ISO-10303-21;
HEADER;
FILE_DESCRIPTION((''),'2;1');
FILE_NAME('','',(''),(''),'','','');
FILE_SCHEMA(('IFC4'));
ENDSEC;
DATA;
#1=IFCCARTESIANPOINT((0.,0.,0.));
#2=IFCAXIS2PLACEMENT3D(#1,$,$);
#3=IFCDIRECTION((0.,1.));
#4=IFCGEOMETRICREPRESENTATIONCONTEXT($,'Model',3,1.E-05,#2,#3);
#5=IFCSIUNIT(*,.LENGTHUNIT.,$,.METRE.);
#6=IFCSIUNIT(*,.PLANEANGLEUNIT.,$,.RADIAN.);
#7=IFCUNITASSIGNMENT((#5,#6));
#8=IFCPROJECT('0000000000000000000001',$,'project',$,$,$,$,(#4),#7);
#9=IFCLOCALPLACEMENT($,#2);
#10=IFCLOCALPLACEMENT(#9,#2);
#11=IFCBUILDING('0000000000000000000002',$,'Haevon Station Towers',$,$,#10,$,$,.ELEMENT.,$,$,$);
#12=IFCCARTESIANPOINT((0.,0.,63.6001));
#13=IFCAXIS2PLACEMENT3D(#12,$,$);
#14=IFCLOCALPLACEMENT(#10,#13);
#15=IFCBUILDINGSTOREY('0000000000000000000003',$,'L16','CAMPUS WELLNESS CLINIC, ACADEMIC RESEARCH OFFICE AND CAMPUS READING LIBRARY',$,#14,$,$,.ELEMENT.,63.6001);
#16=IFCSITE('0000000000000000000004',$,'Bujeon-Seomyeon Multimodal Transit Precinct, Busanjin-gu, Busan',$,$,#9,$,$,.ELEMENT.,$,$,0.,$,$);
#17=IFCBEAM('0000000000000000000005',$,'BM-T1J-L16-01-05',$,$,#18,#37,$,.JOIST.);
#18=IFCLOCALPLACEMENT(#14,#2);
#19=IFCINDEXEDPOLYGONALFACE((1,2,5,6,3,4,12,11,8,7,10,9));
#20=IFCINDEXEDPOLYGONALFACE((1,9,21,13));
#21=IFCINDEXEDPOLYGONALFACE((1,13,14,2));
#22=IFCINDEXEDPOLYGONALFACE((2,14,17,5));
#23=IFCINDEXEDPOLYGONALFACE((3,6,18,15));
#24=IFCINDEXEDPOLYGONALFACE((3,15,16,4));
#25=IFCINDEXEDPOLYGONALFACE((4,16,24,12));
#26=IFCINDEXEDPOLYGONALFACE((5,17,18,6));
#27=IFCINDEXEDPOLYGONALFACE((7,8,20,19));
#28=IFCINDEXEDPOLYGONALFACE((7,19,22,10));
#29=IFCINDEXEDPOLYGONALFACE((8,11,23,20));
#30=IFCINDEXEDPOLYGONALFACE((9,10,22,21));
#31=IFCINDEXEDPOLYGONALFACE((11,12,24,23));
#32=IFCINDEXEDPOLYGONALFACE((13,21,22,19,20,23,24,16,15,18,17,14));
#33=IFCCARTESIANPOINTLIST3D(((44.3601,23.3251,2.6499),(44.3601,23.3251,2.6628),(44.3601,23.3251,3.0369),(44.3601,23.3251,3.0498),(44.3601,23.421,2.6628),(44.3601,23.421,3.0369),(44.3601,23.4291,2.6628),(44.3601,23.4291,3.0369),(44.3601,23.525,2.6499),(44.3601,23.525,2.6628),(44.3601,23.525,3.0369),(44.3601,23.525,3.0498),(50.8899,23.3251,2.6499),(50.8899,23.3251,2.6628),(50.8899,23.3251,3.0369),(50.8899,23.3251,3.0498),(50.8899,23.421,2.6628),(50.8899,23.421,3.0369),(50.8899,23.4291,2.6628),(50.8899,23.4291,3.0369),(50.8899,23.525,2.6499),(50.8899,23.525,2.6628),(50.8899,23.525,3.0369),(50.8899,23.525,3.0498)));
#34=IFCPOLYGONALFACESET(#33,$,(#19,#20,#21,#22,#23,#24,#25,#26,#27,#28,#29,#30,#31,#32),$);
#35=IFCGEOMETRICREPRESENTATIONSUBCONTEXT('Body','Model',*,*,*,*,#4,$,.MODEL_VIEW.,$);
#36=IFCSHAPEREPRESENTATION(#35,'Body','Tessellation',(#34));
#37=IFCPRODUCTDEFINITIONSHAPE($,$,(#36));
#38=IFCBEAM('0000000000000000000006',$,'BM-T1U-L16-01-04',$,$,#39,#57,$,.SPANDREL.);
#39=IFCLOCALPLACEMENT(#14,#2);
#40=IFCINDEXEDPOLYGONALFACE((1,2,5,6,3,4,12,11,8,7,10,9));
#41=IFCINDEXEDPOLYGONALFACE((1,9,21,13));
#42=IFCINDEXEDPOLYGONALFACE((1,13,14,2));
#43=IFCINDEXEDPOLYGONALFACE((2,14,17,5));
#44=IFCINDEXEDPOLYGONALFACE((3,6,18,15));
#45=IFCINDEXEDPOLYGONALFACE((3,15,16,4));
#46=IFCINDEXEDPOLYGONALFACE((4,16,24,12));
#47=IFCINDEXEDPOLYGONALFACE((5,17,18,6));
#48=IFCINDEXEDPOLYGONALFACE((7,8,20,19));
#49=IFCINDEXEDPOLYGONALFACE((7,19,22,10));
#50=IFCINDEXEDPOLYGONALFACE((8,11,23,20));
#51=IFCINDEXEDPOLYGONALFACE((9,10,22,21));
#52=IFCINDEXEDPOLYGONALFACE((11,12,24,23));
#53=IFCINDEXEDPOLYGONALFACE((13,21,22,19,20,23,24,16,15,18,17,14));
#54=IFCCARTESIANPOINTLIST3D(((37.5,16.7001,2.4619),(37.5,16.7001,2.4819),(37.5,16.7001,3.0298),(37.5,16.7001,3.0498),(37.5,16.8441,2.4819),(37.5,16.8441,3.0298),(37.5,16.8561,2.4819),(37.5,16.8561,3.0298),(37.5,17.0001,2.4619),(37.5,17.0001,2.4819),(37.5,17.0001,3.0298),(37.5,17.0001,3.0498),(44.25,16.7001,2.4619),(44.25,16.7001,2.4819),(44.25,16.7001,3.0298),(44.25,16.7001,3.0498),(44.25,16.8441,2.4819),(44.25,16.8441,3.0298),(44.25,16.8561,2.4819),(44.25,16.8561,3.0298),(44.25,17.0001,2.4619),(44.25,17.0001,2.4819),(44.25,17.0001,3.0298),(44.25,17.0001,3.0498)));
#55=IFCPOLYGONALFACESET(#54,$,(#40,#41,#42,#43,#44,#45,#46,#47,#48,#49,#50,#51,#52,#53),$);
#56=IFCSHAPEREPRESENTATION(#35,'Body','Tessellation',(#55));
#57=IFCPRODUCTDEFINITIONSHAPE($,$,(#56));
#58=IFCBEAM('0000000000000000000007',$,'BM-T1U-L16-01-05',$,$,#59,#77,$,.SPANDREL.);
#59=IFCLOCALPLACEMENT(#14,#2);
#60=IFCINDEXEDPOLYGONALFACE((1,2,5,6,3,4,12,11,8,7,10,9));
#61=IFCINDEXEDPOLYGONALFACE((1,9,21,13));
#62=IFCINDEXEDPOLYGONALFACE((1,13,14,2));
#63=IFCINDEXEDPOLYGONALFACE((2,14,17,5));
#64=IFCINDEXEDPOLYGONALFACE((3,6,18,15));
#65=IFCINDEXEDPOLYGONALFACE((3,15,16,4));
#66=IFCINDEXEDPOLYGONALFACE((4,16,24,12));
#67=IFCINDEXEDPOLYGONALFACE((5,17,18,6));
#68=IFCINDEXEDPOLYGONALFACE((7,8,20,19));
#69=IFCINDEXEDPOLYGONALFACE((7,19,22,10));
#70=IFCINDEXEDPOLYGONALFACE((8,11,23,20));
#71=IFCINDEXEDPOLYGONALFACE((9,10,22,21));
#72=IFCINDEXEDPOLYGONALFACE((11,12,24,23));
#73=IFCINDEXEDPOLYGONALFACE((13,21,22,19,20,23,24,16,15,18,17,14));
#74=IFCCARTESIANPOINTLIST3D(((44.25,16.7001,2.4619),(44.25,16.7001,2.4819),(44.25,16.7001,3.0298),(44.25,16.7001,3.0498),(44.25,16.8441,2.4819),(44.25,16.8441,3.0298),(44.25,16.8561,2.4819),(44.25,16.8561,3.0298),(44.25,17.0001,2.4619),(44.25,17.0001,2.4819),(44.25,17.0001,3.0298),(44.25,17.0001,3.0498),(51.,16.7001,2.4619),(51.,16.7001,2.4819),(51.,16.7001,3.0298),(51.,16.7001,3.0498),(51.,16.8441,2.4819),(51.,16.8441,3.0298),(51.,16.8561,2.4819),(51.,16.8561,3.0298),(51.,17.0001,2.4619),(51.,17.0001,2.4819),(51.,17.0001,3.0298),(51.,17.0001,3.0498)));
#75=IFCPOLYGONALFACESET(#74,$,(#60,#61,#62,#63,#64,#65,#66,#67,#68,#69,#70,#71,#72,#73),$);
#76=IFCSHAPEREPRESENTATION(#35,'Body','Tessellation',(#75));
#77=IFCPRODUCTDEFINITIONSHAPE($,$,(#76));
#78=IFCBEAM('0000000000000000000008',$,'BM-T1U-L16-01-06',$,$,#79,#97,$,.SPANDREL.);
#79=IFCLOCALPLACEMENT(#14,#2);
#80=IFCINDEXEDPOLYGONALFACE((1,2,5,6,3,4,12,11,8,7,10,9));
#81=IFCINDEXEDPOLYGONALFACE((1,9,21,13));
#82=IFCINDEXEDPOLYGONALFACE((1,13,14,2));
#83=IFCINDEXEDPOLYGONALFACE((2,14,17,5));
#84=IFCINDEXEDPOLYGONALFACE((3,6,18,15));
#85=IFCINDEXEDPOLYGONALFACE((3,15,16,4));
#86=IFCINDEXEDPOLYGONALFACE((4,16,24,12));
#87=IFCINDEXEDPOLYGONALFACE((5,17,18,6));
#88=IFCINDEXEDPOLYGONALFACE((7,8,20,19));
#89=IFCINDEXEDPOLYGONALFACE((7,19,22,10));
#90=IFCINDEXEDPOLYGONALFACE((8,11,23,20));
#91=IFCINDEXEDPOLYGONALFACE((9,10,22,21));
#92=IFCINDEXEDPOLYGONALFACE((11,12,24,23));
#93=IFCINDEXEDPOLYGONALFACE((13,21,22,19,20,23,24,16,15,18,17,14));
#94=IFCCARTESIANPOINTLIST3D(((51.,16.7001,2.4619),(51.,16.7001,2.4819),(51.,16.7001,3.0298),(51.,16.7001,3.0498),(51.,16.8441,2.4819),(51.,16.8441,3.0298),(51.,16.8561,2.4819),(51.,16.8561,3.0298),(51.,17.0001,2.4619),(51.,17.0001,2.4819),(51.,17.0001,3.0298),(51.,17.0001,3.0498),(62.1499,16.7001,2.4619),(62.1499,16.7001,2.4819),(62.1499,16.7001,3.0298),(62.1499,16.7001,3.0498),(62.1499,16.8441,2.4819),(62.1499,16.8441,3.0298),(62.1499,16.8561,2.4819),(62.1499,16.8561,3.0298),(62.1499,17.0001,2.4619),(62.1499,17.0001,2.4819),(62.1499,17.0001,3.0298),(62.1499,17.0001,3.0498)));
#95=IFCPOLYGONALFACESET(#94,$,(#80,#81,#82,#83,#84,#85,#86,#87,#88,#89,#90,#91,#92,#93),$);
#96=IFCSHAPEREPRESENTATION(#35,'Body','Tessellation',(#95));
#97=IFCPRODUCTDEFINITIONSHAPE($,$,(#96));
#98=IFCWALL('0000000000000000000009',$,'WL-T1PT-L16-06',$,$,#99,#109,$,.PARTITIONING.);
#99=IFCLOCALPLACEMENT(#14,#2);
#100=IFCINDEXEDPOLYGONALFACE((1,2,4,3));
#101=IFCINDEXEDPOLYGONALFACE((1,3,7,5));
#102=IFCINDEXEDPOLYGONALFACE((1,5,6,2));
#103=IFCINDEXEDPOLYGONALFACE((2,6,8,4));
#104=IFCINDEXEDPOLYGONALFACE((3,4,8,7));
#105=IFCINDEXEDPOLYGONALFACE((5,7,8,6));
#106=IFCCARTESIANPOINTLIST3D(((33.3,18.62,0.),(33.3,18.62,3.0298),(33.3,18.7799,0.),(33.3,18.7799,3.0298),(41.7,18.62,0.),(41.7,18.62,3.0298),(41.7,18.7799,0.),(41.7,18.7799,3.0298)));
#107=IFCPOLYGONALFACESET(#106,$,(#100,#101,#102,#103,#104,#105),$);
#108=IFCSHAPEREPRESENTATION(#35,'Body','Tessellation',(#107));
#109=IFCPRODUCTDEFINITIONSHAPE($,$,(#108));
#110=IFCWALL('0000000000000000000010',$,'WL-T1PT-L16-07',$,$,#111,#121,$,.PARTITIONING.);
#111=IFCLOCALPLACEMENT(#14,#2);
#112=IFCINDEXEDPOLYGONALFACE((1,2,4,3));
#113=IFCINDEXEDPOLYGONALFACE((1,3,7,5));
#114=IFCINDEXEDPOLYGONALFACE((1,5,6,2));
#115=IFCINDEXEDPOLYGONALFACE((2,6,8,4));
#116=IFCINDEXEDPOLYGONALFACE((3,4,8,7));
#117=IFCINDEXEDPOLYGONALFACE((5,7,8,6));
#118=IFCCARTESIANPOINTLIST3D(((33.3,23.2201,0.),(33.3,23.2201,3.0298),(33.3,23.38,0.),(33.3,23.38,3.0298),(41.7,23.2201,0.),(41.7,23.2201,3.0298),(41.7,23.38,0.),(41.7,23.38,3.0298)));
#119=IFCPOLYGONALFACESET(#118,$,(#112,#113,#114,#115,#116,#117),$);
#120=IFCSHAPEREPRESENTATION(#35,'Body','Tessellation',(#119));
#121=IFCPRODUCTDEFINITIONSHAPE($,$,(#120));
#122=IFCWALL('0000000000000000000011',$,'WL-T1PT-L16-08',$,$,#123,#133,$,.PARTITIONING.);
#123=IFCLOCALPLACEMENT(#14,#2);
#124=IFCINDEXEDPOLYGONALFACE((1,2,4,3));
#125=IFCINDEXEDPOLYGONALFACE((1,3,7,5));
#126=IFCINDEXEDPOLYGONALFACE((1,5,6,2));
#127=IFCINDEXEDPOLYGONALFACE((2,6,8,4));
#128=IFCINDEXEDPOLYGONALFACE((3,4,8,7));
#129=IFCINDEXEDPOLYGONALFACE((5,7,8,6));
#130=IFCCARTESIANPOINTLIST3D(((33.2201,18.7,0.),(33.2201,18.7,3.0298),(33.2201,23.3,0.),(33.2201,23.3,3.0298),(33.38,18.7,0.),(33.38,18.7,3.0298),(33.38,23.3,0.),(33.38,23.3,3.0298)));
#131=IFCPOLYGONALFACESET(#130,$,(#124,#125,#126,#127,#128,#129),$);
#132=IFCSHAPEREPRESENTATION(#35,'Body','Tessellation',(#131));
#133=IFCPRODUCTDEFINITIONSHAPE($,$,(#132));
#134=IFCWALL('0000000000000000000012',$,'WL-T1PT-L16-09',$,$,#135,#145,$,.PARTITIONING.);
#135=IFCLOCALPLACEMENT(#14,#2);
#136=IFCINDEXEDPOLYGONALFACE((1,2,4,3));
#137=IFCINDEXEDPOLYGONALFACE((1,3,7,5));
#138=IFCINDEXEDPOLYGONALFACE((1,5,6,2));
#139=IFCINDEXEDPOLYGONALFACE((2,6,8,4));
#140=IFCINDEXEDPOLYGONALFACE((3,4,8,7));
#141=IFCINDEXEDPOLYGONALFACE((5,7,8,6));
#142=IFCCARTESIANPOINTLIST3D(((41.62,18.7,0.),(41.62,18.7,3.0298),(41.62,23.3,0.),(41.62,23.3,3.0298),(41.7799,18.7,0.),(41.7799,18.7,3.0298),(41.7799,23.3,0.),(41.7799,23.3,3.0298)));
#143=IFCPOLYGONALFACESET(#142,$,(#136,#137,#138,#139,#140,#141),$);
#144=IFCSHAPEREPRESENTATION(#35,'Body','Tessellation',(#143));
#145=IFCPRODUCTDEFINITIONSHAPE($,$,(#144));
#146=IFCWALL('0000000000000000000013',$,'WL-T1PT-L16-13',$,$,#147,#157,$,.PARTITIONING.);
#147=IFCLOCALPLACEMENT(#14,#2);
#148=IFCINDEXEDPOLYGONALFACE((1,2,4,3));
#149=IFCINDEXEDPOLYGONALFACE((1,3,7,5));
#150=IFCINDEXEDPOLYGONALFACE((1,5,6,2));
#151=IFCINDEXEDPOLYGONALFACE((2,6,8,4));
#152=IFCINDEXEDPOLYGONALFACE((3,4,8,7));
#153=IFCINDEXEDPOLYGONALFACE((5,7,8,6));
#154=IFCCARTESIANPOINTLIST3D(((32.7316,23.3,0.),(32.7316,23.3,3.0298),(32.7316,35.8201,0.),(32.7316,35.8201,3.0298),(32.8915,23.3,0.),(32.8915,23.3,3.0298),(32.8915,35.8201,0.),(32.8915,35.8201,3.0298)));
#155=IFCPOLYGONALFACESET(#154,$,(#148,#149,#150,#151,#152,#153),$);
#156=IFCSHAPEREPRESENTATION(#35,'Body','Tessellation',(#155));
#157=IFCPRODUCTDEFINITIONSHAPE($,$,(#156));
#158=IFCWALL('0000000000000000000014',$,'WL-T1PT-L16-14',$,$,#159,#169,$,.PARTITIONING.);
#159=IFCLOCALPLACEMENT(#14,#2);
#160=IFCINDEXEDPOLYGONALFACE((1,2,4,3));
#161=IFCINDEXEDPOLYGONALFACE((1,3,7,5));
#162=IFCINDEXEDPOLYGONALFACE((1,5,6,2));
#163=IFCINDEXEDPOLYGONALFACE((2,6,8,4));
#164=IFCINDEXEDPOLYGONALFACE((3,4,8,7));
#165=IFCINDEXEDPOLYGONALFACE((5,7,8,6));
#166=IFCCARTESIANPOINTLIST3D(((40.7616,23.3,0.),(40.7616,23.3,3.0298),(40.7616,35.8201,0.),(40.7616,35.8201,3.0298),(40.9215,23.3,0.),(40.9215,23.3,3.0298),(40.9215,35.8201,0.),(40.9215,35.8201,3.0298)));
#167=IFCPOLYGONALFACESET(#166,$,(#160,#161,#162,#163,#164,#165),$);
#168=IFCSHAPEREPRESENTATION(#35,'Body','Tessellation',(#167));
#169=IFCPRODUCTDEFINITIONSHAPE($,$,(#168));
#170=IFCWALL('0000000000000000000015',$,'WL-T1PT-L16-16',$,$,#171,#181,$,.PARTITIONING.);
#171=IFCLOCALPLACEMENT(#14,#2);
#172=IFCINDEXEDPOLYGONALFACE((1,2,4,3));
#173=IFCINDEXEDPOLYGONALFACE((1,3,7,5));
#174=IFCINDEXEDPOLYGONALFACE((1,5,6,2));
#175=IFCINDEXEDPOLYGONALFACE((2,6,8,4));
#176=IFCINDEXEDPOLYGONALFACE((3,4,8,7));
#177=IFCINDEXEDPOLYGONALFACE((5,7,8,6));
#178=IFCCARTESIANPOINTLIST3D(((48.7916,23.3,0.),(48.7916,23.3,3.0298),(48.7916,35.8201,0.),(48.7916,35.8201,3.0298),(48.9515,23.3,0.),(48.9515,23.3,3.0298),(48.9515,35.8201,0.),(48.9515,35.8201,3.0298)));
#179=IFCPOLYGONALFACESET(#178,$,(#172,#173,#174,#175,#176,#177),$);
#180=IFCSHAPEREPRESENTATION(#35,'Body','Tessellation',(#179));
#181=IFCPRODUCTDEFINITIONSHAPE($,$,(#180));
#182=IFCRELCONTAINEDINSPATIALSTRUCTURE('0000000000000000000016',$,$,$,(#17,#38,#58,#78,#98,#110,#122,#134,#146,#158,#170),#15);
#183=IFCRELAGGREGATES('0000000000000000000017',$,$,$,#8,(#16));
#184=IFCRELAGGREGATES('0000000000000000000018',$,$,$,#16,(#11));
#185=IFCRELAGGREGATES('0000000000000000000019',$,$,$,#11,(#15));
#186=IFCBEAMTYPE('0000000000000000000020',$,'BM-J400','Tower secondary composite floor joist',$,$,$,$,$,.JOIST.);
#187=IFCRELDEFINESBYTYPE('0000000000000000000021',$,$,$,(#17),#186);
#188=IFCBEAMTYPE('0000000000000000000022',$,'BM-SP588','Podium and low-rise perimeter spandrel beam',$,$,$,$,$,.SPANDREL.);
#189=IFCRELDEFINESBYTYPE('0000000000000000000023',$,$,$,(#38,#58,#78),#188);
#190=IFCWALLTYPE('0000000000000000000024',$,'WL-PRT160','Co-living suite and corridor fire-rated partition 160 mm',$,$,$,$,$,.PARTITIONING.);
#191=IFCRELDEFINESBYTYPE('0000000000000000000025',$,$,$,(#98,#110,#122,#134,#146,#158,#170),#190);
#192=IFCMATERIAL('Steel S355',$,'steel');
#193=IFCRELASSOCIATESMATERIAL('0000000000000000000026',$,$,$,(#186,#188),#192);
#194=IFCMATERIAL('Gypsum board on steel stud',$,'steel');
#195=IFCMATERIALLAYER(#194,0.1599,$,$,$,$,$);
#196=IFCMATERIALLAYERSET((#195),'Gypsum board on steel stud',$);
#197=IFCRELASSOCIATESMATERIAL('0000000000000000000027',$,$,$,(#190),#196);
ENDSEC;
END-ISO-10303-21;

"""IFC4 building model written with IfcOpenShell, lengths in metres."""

from ifc_helpers import new_model, si_unit, direction, frame, frame_2d, origin, origin_2d, place, context, subcontext, project, spatial, rectangle, i_section, extrude, material, layer, layer_set, material_profile, profile_set, type_object, element, save


model = new_model("IFC4")

# Units and contexts
model_context = context("Model", 3, precision=1e-05, world=origin(), true_north=direction((0.0, 1.0)))
body_context = subcontext(model_context, "Body", "Model", "MODEL_VIEW")
ifc_project = project(units=[si_unit("LENGTHUNIT", "METRE"), si_unit("PLANEANGLEUNIT", "RADIAN")], contexts=[model_context])

# Site, building, storey
site_placement = place(None, origin())
site = spatial("IfcSite", under=ifc_project, at=site_placement, Name="Bujeon-Seomyeon Multimodal Transit Precinct, Busanjin-gu, Busan", CompositionType="ELEMENT", RefElevation=0.0)
building_placement = place(site_placement, origin())
building = spatial("IfcBuilding", under=site, at=building_placement, Name="Haevon Station Towers", CompositionType="ELEMENT")
storey_placement = place(building_placement, frame((0.0, 0.0, 63.6001)))
storey = spatial("IfcBuildingStorey", under=building, at=storey_placement, Name="L16", Description="CAMPUS WELLNESS CLINIC, ACADEMIC RESEARCH OFFICE AND CAMPUS READING LIBRARY", CompositionType="ELEMENT", Elevation=63.6001)

# Beams
ifc_material_1 = material(Name="Steel S355", Category="steel")
ifc_material_profile_1 = material_profile(ifc_material_1, i_section(OverallWidth=0.2, OverallDepth=0.3999, WebThickness=0.0081, FlangeThickness=0.0129, at=origin_2d()), Name="H-400x200x8x13")
ifc_profile_set_1 = profile_set([ifc_material_profile_1], Name="Steel S355")
beam_type_1 = type_object("IfcBeamType", Name="BM-J400", Description="Tower secondary composite floor joist", PredefinedType="JOIST", material=ifc_profile_set_1)
beam_1_placement = place(storey_placement, frame((44.3601, 23.425, 2.8499), z_axis=(1.0, 0.0, 0.0), x_axis=(0.0, 1.0, 0.0)))
element("IfcBeam", 1, at=beam_1_placement, inside=storey, type_object=beam_type_1, Name="BM-T1J-L16-01-05", PredefinedType="JOIST", context=body_context, shape_type="SweptSolid", body=[
    extrude(i_section(OverallWidth=0.2, OverallDepth=0.3999, WebThickness=0.0081, FlangeThickness=0.0129, at=origin_2d()), origin(), (0.0, 0.0, 1.0), 6.5298),
])
ifc_material_profile_2 = material_profile(ifc_material_1, i_section(OverallWidth=0.3, OverallDepth=0.5879, WebThickness=0.012, FlangeThickness=0.02, at=origin_2d()), Name="H-588x300x12x20")
ifc_profile_set_2 = profile_set([ifc_material_profile_2], Name="Steel S355")
beam_type_2 = type_object("IfcBeamType", Name="BM-SP588", Description="Podium and low-rise perimeter spandrel beam", PredefinedType="SPANDREL", material=ifc_profile_set_2)
for number, where, z_axis, x_axis, name in (
    (2, (37.5, 16.8501, 2.7559), (1.0, 0.0, 0.0), (0.0, 1.0, 0.0), "BM-T1U-L16-01-04"),
    (3, (44.25, 16.8501, 2.7559), (1.0, 0.0, 0.0), (0.0, 1.0, 0.0), "BM-T1U-L16-01-05"),
):
    element("IfcBeam", number, at=place(storey_placement, frame(where, z_axis=z_axis, x_axis=x_axis)), inside=storey, type_object=beam_type_2, Name=name, PredefinedType="SPANDREL", context=body_context, shape_type="SweptSolid", body=[
        extrude(i_section(OverallWidth=0.3, OverallDepth=0.5879, WebThickness=0.012, FlangeThickness=0.02, at=origin_2d()), origin(), (0.0, 0.0, 1.0), 6.75),
    ])
beam_2_placement = place(storey_placement, frame((51.0, 16.8501, 2.7559), z_axis=(1.0, 0.0, 0.0), x_axis=(0.0, 1.0, 0.0)))
element("IfcBeam", 4, at=beam_2_placement, inside=storey, type_object=beam_type_2, Name="BM-T1U-L16-01-06", PredefinedType="SPANDREL", context=body_context, shape_type="SweptSolid", body=[
    extrude(i_section(OverallWidth=0.3, OverallDepth=0.5879, WebThickness=0.012, FlangeThickness=0.02, at=origin_2d()), origin(), (0.0, 0.0, 1.0), 11.1499),
])

# Walls
ifc_material_2 = material(Name="Gypsum board on steel stud", Category="steel")
ifc_layer = layer(ifc_material_2, 0.1599)
ifc_layer_set = layer_set([ifc_layer], Name="Gypsum board on steel stud")
wall_type = type_object("IfcWallType", Name="WL-PRT160", Description="Co-living suite and corridor fire-rated partition 160 mm", PredefinedType="PARTITIONING", material=ifc_layer_set)
for number, where, z_axis, x_axis, name in (
    (5, (33.3, 18.7, 0.0), (0.0, 0.0, 1.0), (1.0, 0.0, 0.0), "WL-T1PT-L16-06"),
    (6, (33.3, 23.3, 0.0), (0.0, 0.0, 1.0), (1.0, 0.0, 0.0), "WL-T1PT-L16-07"),
):
    element("IfcWall", number, at=place(storey_placement, frame(where, z_axis=z_axis, x_axis=x_axis)), inside=storey, type_object=wall_type, Name=name, PredefinedType="PARTITIONING", context=body_context, shape_type="SweptSolid", body=[
        extrude(rectangle(XDim=8.3999, YDim=0.1599, at=frame_2d((4.2, 0.0))), origin(), (0.0, 0.0, 1.0), 3.0298),
    ])
for number, where, z_axis, x_axis, name in (
    (7, (33.3, 18.7, 0.0), (0.0, 0.0, 1.0), (0.0, 1.0, 0.0), "WL-T1PT-L16-08"),
    (8, (41.7, 18.7, 0.0), (0.0, 0.0, 1.0), (0.0, 1.0, 0.0), "WL-T1PT-L16-09"),
):
    element("IfcWall", number, at=place(storey_placement, frame(where, z_axis=z_axis, x_axis=x_axis)), inside=storey, type_object=wall_type, Name=name, PredefinedType="PARTITIONING", context=body_context, shape_type="SweptSolid", body=[
        extrude(rectangle(XDim=4.6001, YDim=0.1599, at=frame_2d((2.3, 0.0))), origin(), (0.0, 0.0, 1.0), 3.0298),
    ])
for number, where, z_axis, x_axis, name in (
    (9, (32.8115, 23.3, 0.0), (0.0, 0.0, 1.0), (0.0, 1.0, 0.0), "WL-T1PT-L16-13"),
    (10, (40.8416, 23.3, 0.0), (0.0, 0.0, 1.0), (0.0, 1.0, 0.0), "WL-T1PT-L16-14"),
    (11, (48.8716, 23.3, 0.0), (0.0, 0.0, 1.0), (0.0, 1.0, 0.0), "WL-T1PT-L16-16"),
):
    element("IfcWall", number, at=place(storey_placement, frame(where, z_axis=z_axis, x_axis=x_axis)), inside=storey, type_object=wall_type, Name=name, PredefinedType="PARTITIONING", context=body_context, shape_type="SweptSolid", body=[
        extrude(rectangle(XDim=12.52, YDim=0.1599, at=frame_2d((6.26, 0.0))), origin(), (0.0, 0.0, 1.0), 3.0298),
    ])

save(model, "model.ifc")
